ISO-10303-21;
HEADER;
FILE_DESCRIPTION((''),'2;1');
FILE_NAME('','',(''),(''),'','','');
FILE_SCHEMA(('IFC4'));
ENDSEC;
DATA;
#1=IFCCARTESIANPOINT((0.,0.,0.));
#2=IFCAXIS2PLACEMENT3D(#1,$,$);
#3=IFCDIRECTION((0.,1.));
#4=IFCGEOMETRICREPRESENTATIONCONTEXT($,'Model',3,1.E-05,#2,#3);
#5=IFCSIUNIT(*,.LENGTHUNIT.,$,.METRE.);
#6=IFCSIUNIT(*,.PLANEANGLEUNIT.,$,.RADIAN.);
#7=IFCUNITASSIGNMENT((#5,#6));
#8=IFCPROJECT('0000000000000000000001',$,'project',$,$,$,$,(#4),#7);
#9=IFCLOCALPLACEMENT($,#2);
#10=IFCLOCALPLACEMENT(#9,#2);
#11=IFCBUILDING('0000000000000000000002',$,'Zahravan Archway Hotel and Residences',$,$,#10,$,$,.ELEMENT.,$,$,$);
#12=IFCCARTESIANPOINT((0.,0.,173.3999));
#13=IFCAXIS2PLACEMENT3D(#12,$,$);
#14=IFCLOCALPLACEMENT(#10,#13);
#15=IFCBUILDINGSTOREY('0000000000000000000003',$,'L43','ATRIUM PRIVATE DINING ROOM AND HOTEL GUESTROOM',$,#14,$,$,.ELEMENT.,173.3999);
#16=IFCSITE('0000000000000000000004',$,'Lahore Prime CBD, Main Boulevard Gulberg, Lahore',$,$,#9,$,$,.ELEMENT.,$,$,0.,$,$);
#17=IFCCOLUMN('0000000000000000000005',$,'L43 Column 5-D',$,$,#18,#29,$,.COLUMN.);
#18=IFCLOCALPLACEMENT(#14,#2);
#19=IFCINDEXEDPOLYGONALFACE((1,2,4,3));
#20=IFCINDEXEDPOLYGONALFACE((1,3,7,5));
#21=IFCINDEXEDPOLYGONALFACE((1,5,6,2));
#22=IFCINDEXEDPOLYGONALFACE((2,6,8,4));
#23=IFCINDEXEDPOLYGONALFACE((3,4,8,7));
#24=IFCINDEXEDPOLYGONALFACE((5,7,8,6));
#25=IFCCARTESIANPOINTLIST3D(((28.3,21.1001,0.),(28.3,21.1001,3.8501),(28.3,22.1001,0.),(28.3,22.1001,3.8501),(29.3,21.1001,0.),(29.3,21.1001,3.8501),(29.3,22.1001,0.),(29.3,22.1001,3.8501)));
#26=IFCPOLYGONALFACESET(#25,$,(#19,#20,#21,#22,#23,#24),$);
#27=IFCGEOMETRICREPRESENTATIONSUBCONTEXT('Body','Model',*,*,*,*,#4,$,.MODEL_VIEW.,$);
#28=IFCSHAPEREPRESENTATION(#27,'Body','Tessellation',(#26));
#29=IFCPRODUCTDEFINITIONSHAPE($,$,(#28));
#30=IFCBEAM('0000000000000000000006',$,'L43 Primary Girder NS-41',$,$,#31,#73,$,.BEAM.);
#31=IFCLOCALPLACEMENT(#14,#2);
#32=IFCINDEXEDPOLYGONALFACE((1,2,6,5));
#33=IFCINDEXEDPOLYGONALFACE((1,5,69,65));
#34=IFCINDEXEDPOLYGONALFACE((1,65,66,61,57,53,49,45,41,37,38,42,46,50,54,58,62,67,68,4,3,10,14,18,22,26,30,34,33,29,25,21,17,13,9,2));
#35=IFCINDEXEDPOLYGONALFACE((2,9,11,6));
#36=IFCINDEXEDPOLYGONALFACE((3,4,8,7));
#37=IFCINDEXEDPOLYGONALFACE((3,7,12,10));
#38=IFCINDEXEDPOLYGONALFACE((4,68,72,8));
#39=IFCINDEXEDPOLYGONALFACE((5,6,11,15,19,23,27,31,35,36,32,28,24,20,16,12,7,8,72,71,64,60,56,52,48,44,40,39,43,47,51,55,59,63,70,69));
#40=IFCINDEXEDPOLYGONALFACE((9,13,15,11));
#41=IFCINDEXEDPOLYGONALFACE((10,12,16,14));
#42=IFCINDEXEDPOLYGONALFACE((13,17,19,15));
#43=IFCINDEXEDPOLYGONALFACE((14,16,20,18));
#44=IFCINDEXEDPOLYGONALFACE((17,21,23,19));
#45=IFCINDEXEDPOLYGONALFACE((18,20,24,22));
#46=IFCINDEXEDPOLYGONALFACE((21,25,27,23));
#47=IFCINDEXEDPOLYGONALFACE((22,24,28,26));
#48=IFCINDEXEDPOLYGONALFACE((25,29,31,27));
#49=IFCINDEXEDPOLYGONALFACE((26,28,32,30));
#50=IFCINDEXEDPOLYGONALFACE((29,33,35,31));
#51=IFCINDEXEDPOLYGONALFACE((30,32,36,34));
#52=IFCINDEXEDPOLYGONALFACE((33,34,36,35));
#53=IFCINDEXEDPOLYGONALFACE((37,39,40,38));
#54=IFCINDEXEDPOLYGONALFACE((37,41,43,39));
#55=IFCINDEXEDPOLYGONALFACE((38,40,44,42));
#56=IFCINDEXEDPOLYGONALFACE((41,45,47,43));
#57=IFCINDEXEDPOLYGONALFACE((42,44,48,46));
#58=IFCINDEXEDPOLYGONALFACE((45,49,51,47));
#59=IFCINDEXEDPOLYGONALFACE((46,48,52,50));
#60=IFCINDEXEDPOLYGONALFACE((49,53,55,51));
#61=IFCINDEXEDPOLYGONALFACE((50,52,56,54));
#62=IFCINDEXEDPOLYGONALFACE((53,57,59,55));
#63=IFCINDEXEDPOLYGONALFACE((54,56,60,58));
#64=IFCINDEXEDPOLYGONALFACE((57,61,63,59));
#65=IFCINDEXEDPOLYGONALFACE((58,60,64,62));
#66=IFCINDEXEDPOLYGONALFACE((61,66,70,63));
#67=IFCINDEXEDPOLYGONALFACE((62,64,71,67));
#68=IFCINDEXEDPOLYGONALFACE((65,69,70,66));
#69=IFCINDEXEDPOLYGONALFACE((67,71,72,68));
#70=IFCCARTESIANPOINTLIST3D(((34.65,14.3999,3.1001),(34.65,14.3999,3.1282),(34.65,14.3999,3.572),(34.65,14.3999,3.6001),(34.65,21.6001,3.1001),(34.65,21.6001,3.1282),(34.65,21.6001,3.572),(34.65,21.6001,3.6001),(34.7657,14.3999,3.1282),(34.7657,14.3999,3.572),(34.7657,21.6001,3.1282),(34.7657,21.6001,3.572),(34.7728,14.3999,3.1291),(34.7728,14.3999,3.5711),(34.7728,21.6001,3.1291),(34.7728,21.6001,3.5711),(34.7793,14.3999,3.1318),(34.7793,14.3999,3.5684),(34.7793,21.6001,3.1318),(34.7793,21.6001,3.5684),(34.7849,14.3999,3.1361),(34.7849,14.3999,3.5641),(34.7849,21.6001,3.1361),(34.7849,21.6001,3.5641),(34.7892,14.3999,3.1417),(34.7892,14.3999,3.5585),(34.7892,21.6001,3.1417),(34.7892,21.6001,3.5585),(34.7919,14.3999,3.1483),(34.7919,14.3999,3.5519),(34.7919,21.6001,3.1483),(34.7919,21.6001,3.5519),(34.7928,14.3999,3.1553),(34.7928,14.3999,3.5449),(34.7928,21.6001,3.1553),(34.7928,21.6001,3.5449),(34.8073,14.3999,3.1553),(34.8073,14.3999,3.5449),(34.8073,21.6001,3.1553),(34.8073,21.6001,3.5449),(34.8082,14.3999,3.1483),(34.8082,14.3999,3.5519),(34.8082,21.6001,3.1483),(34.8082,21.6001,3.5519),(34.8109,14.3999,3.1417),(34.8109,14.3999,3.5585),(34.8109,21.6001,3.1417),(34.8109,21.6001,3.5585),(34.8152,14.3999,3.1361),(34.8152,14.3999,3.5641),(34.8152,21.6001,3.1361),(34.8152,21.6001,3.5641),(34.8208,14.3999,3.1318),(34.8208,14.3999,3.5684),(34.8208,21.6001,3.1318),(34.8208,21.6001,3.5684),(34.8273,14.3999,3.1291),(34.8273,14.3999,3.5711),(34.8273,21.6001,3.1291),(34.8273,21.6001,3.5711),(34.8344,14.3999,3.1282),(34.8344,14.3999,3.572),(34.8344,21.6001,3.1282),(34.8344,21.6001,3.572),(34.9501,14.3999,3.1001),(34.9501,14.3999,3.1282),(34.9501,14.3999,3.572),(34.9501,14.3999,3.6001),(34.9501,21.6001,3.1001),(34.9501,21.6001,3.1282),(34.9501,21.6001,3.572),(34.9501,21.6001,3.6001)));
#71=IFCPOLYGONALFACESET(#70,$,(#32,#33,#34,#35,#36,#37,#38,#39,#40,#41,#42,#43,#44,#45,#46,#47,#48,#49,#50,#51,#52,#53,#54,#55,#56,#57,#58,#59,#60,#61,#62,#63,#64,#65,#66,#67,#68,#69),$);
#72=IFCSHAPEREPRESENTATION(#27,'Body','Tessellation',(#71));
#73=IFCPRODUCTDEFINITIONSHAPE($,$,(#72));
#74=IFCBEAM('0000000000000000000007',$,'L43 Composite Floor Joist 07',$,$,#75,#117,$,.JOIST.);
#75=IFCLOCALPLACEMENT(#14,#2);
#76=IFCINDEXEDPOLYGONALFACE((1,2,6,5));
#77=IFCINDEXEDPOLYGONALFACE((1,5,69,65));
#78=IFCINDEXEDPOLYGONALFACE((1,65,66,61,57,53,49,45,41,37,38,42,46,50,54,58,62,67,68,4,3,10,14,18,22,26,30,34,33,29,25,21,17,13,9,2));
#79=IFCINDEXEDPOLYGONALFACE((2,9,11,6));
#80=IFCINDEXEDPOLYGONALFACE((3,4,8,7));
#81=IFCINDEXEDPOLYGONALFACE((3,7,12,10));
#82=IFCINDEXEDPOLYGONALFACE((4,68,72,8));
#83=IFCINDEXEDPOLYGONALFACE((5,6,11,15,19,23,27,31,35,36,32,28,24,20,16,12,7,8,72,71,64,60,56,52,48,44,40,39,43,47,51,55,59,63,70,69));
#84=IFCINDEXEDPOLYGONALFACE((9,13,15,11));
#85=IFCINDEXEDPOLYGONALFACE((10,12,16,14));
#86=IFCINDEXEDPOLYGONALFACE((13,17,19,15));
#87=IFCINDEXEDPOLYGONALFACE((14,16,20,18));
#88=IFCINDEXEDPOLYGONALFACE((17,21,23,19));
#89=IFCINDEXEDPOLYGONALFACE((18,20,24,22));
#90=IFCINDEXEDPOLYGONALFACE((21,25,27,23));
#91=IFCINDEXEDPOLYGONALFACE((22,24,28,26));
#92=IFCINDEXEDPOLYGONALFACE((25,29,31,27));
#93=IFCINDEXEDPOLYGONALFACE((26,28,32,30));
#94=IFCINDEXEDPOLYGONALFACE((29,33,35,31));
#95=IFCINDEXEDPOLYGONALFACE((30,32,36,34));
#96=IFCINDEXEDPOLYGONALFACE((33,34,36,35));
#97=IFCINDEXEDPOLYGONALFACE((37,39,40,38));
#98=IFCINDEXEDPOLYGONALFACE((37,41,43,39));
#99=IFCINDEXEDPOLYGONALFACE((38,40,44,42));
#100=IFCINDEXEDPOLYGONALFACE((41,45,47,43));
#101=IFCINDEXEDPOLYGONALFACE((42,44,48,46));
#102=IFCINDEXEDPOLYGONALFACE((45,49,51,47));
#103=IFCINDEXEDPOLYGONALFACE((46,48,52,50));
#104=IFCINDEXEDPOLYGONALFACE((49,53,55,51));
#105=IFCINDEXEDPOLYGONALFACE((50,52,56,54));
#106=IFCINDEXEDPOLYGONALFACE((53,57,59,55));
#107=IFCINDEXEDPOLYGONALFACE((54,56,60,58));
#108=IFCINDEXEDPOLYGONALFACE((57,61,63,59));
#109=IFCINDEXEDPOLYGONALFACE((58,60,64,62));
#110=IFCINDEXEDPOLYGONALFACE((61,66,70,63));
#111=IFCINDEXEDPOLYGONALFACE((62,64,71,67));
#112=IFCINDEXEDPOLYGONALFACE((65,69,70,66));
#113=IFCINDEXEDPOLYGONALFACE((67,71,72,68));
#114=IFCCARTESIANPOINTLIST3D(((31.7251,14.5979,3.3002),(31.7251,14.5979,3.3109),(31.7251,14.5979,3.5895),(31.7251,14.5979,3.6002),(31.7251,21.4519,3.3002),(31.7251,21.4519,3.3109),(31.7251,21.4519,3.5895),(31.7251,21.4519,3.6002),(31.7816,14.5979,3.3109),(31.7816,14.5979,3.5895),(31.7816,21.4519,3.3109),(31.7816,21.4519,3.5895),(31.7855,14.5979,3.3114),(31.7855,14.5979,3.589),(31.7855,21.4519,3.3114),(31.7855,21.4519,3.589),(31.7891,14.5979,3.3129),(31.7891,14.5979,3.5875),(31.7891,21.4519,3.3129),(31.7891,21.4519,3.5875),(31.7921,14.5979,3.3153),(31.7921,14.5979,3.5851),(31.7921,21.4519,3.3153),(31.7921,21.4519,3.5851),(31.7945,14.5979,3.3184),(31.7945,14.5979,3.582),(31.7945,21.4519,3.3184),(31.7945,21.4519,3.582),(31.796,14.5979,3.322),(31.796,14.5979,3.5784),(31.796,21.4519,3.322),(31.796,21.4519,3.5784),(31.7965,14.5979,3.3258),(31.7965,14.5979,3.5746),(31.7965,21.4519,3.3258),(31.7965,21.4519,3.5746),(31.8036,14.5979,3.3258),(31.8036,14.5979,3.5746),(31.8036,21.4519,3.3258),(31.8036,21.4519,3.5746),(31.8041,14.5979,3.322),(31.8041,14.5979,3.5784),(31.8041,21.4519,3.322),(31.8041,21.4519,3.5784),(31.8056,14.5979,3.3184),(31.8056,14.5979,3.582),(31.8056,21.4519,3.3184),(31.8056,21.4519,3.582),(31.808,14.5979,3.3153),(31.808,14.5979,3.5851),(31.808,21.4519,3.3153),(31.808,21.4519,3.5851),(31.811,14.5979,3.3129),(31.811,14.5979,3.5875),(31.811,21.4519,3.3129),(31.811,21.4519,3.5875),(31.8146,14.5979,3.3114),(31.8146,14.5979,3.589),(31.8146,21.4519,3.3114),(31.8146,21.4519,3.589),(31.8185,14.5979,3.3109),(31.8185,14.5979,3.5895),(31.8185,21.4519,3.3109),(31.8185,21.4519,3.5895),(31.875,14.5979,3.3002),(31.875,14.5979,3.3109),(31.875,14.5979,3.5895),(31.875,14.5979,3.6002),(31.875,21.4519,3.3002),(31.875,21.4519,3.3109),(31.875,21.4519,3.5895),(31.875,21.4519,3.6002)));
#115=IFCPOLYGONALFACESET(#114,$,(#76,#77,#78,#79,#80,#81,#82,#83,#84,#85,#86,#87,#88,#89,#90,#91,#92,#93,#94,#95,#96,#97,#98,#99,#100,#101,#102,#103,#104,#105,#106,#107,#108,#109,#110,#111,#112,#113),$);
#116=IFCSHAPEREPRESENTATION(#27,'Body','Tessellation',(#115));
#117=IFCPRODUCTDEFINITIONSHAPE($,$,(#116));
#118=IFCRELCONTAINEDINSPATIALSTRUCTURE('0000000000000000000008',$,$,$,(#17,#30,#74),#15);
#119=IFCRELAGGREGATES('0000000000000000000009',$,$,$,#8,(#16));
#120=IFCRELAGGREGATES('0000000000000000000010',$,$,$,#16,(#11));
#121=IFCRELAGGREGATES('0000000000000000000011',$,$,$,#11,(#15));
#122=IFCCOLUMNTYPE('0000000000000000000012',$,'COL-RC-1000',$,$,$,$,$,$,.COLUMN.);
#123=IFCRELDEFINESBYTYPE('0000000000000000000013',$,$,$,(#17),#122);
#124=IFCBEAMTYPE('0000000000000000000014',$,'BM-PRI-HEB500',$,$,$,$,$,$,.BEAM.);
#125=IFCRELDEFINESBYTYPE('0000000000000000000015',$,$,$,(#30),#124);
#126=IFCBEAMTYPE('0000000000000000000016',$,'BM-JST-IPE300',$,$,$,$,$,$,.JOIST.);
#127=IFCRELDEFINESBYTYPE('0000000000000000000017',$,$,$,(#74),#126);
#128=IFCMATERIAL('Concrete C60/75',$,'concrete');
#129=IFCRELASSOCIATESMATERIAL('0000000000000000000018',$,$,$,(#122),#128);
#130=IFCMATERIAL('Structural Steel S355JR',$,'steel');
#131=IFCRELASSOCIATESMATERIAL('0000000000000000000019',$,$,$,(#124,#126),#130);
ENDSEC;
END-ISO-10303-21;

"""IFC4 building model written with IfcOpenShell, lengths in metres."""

from ifc_helpers import new_model, si_unit, direction, frame, origin, origin_2d, place, context, subcontext, project, spatial, rectangle, i_section, extrude, source, transform, mapped, material, material_profile, profile_set, type_object, type_shapes, element, save


model = new_model("IFC4")

# Units and contexts
model_context = context("Model", 3, precision=1e-05, world=origin(), true_north=direction((0.0, 1.0)))
body_context = subcontext(model_context, "Body", "Model", "MODEL_VIEW")
ifc_project = project(units=[si_unit("LENGTHUNIT", "METRE"), si_unit("PLANEANGLEUNIT", "RADIAN")], contexts=[model_context])

# Site, building, storey
site_placement = place(None, origin())
site = spatial("IfcSite", under=ifc_project, at=site_placement, Name="Lahore Prime CBD, Main Boulevard Gulberg, Lahore", CompositionType="ELEMENT", RefElevation=0.0)
building_placement = place(site_placement, origin())
building = spatial("IfcBuilding", under=site, at=building_placement, Name="Zahravan Archway Hotel and Residences", CompositionType="ELEMENT")
storey_placement = place(building_placement, frame((0.0, 0.0, 173.3999)))
storey = spatial("IfcBuildingStorey", under=building, at=storey_placement, Name="L43", Description="ATRIUM PRIVATE DINING ROOM AND HOTEL GUESTROOM", CompositionType="ELEMENT", Elevation=173.3999)

# Column
ifc_material_1 = material(Name="Concrete C60/75", Category="concrete")
ifc_material_profile_1 = material_profile(ifc_material_1, rectangle(XDim=1.0, YDim=1.0, at=origin_2d()), Name="RC-COL-1000x1000", Category="concrete")
ifc_profile_set_1 = profile_set([ifc_material_profile_1], Name="Concrete C60/75")
column_type = type_object("IfcColumnType", Name="COL-RC-1000", PredefinedType="COLUMN", material=ifc_profile_set_1)
shared_shape_1 = source(origin(), body_context, "Body", "SweptSolid", [
    extrude(rectangle(XDim=1.0, YDim=1.0, at=origin_2d()), origin(), (0.0, 0.0, 1.0), 3.8501),
])
column_placement = place(storey_placement, frame((28.8, 21.6001, 0.0), z_axis=(0.0, 0.0, 1.0), x_axis=(1.0, 0.0, 0.0)))
element("IfcColumn", 1, at=column_placement, inside=storey, type_object=column_type, Name="L43 Column 5-D", PredefinedType="COLUMN", context=body_context, shape_type="MappedRepresentation", body=[
    mapped(shared_shape_1, transform((0.0, 0.0, 0.0), scale=1.0)),
])

# Beams
ifc_material_2 = material(Name="Structural Steel S355JR", Category="steel")
ifc_material_profile_2 = material_profile(ifc_material_2, i_section(OverallWidth=0.3, OverallDepth=0.5, WebThickness=0.0144, FlangeThickness=0.0281, FilletRadius=0.0271, at=origin_2d()), Name="HEB 500", Category="steel")
ifc_profile_set_2 = profile_set([ifc_material_profile_2], Name="Structural Steel S355JR")
beam_type_1 = type_object("IfcBeamType", Name="BM-PRI-HEB500", PredefinedType="BEAM", material=ifc_profile_set_2)
shared_shape_2 = source(origin(), body_context, "Body", "SweptSolid", [
    extrude(i_section(OverallWidth=0.3, OverallDepth=0.5, WebThickness=0.0144, FlangeThickness=0.0281, FilletRadius=0.0271, at=origin_2d()), origin(), (0.0, 0.0, 1.0), 7.2002),
])
type_shapes(beam_type_1, [shared_shape_2])
beam_1_placement = place(storey_placement, frame((34.8, 14.3999, 3.3501), z_axis=(0.0, 1.0, 0.0), x_axis=(-1.0, 0.0, 0.0)))
element("IfcBeam", 2, at=beam_1_placement, inside=storey, type_object=beam_type_1, Name="L43 Primary Girder NS-41", PredefinedType="BEAM", context=body_context, shape_type="MappedRepresentation", body=[
    mapped(shared_shape_2, transform((0.0, 0.0, 0.0), scale=1.0)),
])
ifc_material_profile_3 = material_profile(ifc_material_2, i_section(OverallWidth=0.1499, OverallDepth=0.3, WebThickness=0.0071, FlangeThickness=0.0107, FilletRadius=0.0149, at=origin_2d()), Name="IPE 300", Category="steel")
ifc_profile_set_3 = profile_set([ifc_material_profile_3], Name="Structural Steel S355JR")
beam_type_2 = type_object("IfcBeamType", Name="BM-JST-IPE300", PredefinedType="JOIST", material=ifc_profile_set_3)
shared_shape_3 = source(origin(), body_context, "Body", "SweptSolid", [
    extrude(i_section(OverallWidth=0.1499, OverallDepth=0.3, WebThickness=0.0071, FlangeThickness=0.0107, FilletRadius=0.0149, at=origin_2d()), origin(), (0.0, 0.0, 1.0), 6.854),
])
beam_2_placement = place(storey_placement, frame((31.8, 14.5979, 3.4502), z_axis=(0.0, 1.0, 0.0), x_axis=(-1.0, 0.0, 0.0)))
element("IfcBeam", 3, at=beam_2_placement, inside=storey, type_object=beam_type_2, Name="L43 Composite Floor Joist 07", PredefinedType="JOIST", context=body_context, shape_type="MappedRepresentation", body=[
    mapped(shared_shape_3, transform((0.0, 0.0, 0.0), scale=1.0)),
])

save(model, "model.ifc")
